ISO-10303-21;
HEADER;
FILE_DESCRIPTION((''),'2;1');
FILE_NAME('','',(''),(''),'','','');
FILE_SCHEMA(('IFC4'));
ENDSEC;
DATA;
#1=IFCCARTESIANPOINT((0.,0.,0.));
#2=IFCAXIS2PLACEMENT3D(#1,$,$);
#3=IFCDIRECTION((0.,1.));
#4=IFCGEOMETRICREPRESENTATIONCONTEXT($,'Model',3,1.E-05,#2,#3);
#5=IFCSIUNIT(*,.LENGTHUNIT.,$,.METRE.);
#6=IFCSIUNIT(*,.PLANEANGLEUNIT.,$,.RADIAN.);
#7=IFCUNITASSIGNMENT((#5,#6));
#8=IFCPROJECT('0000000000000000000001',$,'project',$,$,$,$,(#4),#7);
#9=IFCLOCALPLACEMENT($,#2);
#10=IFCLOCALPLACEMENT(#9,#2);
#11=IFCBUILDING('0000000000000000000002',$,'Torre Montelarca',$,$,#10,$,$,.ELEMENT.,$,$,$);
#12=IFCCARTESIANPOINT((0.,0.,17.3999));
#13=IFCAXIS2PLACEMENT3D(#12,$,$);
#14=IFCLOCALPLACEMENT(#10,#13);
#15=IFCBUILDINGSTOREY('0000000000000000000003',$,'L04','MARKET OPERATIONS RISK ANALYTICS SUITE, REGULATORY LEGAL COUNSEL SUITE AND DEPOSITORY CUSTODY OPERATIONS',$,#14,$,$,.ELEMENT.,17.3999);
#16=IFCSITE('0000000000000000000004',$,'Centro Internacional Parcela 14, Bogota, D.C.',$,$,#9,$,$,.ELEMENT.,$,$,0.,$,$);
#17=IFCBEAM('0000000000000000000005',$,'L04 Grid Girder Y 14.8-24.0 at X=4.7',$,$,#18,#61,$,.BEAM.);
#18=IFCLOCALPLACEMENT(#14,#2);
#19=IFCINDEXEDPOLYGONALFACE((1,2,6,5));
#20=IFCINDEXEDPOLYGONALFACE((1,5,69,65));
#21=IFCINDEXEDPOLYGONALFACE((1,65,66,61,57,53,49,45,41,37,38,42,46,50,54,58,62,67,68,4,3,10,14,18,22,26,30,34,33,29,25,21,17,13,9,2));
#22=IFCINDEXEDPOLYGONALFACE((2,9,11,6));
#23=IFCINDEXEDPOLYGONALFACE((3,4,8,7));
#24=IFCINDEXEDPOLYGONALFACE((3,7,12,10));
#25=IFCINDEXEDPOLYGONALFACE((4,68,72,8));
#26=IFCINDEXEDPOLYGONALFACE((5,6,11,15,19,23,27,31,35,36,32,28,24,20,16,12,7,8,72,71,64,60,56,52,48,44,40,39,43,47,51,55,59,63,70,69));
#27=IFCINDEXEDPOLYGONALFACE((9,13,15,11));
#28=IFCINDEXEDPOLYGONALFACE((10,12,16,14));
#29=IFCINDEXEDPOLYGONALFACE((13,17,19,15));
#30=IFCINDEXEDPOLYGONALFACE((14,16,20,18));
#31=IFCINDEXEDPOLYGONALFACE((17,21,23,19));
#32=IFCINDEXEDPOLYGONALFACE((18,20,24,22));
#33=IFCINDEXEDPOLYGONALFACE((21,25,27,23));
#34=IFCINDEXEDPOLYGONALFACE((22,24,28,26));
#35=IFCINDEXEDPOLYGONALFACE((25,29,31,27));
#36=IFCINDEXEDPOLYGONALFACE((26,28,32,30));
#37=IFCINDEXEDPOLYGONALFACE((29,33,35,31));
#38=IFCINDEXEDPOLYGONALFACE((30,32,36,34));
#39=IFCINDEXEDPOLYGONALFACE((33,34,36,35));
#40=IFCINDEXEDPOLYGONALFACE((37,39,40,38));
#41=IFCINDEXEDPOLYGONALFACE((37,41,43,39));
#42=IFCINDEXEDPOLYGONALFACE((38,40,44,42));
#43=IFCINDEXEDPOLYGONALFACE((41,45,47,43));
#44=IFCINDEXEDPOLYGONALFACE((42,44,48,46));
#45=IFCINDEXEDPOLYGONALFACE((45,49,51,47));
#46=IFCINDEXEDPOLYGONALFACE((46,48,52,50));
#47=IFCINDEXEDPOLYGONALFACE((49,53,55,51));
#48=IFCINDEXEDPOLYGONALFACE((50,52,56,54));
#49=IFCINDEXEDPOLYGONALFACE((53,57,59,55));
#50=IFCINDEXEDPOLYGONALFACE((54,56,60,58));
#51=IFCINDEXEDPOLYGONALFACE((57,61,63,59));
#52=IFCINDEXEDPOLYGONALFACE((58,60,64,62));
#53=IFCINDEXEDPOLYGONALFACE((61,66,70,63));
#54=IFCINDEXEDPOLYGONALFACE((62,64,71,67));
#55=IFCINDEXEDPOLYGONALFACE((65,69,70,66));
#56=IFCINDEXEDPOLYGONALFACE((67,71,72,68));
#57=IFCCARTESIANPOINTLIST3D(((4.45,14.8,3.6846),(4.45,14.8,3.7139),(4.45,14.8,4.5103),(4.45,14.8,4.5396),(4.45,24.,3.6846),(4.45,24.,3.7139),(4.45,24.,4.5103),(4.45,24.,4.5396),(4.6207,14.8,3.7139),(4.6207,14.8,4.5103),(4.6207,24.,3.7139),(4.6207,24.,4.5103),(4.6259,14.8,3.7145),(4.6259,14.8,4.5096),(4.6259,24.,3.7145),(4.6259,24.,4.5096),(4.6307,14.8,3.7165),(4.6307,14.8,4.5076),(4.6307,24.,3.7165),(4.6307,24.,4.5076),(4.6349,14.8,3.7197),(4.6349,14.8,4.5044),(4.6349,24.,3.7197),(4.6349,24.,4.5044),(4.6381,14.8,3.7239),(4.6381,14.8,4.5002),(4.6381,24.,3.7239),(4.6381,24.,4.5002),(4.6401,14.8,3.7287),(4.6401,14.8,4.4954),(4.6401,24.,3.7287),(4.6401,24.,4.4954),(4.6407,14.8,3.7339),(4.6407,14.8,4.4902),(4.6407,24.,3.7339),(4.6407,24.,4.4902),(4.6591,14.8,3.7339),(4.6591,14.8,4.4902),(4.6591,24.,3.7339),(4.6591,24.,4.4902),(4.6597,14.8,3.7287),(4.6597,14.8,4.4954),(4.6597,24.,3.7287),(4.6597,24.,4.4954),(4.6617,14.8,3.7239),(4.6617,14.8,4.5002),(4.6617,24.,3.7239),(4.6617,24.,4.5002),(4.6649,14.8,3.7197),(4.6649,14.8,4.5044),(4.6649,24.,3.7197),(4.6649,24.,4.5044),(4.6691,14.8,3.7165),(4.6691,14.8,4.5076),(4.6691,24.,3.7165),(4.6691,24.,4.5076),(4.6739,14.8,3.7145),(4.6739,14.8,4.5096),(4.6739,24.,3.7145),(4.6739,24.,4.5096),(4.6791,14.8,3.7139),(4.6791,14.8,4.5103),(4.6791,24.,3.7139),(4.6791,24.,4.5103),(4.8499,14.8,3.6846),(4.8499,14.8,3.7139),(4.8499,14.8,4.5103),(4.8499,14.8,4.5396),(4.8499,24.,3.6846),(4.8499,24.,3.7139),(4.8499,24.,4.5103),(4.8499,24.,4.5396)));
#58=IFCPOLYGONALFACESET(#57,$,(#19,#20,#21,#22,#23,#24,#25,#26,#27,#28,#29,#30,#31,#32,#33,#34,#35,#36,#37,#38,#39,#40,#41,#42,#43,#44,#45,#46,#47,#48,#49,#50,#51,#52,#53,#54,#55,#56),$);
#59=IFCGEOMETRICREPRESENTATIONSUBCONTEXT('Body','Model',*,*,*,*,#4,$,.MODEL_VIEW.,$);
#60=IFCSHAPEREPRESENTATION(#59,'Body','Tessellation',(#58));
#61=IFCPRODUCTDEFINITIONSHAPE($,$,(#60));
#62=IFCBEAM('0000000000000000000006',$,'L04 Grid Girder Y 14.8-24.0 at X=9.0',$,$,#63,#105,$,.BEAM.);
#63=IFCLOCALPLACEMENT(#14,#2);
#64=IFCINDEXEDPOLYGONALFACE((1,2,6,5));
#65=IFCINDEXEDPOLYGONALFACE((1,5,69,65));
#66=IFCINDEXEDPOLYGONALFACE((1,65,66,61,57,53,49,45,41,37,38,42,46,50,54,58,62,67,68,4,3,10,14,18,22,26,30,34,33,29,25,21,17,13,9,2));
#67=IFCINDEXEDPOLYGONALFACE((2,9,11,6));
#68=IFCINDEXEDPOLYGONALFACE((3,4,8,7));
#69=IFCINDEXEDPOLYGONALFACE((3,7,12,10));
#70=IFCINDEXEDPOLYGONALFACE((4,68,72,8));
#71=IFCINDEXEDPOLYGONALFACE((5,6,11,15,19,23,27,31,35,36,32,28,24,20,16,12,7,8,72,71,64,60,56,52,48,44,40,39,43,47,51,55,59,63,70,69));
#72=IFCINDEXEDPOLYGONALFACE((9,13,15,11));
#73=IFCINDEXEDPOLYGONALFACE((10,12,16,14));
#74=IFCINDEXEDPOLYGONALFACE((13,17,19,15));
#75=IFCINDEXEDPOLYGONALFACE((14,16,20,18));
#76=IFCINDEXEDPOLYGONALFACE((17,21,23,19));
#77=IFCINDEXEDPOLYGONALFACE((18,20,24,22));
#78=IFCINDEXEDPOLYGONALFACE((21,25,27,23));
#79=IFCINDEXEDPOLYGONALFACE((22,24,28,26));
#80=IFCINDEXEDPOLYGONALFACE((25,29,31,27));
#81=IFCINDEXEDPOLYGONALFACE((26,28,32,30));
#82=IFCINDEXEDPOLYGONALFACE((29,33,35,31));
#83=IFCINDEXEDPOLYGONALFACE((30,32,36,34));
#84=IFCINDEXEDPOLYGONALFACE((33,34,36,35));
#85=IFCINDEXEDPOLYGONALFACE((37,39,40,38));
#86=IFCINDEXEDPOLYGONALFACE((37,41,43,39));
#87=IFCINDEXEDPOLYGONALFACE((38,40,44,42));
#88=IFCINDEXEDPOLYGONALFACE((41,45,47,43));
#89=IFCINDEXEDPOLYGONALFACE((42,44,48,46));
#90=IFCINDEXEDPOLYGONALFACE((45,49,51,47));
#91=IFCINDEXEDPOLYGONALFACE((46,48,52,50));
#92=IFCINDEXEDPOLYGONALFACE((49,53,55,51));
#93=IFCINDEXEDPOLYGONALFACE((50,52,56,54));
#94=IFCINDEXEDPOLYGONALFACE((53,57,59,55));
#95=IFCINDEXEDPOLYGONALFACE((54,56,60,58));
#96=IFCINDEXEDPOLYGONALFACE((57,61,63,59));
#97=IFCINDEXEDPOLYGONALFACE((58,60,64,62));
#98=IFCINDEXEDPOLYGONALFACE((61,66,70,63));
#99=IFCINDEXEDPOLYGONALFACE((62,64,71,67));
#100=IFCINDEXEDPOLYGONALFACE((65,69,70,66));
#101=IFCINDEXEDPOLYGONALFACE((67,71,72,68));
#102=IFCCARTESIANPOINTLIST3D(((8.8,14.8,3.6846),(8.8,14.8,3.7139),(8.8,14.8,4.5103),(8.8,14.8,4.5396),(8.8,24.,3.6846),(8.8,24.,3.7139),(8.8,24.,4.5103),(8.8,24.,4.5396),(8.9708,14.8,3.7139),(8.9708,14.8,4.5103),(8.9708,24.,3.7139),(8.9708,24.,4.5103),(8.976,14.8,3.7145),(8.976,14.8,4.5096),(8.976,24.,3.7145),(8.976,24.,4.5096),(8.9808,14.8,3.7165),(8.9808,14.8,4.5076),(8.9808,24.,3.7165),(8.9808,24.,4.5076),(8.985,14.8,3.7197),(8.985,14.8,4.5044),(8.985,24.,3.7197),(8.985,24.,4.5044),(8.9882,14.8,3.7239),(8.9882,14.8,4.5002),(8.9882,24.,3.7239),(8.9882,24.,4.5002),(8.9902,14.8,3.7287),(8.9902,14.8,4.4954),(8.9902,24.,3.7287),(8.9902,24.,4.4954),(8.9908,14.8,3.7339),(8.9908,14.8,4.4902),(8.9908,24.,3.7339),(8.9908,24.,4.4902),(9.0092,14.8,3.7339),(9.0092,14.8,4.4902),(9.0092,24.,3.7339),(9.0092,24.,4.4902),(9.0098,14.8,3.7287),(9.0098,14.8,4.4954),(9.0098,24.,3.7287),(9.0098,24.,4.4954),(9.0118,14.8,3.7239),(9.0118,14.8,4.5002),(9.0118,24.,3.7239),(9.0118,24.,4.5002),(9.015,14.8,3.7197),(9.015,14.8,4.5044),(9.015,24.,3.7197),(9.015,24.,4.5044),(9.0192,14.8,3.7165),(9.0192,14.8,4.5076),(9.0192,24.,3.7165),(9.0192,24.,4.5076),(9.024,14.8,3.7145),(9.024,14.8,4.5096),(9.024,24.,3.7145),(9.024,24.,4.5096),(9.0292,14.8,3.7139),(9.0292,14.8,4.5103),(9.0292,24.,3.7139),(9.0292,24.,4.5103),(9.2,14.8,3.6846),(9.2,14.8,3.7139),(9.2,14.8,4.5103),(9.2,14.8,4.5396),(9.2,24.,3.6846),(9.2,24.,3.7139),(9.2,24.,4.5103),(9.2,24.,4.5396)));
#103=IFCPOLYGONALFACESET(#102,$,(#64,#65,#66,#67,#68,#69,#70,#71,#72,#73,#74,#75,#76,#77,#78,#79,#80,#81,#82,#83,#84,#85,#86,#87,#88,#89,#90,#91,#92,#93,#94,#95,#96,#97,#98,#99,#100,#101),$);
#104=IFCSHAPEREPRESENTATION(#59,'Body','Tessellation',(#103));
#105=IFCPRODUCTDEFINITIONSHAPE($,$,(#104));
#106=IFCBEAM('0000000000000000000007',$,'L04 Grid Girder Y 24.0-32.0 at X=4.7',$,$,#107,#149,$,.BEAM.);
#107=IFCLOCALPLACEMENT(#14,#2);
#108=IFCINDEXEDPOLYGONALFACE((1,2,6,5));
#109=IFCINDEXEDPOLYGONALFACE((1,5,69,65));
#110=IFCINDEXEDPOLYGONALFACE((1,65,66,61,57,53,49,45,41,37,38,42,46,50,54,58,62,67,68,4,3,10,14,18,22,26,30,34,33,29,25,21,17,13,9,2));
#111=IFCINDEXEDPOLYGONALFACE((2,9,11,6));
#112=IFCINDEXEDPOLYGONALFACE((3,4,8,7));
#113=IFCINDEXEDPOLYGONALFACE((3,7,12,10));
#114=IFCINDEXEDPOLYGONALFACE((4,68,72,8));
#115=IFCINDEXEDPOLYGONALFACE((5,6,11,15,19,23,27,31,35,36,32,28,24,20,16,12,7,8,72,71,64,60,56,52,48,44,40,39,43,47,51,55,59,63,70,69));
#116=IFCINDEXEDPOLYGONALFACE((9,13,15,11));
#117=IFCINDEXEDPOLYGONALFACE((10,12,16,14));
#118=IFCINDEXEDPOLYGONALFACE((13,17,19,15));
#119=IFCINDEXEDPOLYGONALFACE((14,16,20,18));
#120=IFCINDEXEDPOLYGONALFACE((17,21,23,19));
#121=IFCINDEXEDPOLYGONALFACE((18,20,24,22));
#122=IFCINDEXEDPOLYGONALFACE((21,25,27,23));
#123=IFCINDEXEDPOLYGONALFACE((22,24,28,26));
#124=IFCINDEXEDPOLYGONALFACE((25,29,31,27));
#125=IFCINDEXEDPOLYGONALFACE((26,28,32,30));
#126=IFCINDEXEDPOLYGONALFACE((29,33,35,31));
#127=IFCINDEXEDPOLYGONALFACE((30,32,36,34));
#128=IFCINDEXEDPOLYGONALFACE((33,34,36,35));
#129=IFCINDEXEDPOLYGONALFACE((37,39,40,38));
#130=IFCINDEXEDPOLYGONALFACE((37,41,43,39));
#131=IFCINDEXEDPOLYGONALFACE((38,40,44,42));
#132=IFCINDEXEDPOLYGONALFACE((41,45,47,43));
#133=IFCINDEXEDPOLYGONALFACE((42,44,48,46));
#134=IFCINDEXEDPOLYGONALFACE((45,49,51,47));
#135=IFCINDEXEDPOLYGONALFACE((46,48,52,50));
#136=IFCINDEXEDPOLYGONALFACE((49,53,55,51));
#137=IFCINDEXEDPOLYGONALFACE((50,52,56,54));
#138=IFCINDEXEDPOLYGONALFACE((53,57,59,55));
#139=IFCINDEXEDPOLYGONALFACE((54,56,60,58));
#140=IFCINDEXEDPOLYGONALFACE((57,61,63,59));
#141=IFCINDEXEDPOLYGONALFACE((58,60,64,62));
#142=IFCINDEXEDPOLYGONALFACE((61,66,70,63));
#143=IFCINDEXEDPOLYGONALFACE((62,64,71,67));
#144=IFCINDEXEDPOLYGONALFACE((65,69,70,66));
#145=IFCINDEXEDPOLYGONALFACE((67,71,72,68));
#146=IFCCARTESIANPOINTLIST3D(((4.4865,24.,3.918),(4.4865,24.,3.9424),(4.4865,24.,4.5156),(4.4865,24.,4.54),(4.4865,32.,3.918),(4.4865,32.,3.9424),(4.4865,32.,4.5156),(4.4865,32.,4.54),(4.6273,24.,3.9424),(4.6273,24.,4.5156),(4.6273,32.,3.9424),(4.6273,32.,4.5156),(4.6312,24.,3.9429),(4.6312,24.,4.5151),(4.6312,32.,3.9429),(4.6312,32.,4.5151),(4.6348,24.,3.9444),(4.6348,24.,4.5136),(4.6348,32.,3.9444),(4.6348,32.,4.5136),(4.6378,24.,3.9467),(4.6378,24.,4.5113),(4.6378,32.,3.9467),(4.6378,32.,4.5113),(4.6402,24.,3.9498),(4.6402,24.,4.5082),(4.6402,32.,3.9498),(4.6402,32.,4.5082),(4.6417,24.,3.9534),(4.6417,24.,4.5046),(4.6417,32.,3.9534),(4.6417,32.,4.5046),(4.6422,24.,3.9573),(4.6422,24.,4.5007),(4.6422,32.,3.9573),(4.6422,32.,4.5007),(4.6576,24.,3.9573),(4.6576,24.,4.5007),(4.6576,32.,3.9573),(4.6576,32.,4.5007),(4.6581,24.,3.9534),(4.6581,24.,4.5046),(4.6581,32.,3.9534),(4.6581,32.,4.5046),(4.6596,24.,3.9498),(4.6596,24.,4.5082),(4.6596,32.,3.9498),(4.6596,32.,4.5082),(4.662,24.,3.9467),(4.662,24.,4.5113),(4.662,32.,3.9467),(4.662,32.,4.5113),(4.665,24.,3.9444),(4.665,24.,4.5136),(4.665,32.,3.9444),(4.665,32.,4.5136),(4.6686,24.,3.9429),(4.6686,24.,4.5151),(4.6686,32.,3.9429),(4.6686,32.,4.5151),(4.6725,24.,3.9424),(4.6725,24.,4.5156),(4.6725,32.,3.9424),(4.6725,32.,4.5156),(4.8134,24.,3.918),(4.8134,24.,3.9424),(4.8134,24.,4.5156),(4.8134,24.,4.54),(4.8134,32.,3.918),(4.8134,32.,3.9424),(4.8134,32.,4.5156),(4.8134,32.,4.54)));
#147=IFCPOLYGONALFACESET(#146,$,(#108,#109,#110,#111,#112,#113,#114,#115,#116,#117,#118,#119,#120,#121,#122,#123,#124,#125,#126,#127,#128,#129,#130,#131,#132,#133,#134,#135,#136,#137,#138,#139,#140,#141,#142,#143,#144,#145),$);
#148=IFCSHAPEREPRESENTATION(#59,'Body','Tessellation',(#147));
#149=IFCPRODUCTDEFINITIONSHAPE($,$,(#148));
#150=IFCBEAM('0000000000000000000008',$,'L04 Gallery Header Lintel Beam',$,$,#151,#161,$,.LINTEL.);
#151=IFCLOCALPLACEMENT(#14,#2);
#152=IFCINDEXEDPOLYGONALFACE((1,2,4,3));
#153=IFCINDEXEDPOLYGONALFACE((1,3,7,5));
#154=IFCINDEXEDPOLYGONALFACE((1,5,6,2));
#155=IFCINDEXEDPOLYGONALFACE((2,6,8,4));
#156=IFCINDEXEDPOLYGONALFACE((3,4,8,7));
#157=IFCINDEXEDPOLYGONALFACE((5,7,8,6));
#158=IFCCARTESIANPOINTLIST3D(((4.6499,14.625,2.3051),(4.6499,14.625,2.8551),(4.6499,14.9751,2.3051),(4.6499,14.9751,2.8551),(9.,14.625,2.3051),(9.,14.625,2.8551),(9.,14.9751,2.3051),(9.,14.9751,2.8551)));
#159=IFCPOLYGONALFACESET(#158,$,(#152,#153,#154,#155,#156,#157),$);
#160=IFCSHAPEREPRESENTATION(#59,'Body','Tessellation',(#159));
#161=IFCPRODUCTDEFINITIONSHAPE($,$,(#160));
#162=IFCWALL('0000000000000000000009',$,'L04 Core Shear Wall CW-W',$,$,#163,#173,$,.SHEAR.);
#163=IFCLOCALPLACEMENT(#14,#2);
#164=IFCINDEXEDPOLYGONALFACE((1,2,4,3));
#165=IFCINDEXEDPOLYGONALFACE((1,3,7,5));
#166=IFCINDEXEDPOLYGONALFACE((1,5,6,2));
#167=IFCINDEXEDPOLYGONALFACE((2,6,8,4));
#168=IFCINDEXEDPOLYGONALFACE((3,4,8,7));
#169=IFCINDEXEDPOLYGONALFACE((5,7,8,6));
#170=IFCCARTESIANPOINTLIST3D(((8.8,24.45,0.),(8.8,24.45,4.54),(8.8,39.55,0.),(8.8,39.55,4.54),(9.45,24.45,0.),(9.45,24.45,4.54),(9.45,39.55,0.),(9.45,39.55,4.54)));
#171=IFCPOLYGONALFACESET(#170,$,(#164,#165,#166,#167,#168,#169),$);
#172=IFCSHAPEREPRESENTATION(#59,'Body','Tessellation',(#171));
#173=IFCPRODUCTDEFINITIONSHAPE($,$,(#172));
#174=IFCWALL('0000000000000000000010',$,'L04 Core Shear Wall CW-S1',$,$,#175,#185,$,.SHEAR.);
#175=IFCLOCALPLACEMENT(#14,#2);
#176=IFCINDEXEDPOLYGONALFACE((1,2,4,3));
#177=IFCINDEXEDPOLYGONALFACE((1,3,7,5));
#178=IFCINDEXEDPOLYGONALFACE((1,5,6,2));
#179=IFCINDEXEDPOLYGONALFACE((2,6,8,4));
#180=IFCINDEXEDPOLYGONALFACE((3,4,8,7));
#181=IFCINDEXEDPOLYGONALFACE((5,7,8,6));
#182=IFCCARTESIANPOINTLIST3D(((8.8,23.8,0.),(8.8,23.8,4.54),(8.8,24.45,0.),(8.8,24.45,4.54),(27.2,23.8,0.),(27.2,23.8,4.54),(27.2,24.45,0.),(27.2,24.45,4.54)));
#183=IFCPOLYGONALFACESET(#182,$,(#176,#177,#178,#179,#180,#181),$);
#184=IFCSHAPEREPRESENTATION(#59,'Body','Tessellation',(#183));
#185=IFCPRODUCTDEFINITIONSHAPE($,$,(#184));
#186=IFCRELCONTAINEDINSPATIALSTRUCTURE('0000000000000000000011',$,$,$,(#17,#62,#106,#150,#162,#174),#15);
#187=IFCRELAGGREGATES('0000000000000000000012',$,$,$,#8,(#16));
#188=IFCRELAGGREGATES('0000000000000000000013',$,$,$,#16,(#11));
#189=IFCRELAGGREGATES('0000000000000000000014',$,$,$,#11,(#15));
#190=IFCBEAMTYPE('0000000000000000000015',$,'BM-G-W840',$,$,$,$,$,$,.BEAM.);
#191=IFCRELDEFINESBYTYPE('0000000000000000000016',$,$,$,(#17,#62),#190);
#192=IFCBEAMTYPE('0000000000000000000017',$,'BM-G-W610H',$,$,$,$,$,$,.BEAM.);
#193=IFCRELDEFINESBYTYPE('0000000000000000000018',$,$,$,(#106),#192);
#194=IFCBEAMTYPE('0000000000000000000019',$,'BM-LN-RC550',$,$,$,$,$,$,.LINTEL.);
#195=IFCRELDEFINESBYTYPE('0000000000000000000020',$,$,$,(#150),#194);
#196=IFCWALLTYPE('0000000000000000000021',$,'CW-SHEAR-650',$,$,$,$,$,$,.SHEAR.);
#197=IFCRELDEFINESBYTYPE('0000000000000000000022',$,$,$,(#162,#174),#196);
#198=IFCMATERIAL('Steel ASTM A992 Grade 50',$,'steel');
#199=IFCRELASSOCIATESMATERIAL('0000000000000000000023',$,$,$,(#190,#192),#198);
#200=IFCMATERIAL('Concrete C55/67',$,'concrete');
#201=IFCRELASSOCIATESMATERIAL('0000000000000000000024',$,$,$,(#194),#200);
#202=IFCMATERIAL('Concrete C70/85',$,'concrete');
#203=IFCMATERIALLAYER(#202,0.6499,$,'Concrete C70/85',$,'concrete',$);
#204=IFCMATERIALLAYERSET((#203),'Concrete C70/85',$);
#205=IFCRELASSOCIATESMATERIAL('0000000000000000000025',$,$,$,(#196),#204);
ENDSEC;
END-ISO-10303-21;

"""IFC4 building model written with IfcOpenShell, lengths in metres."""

from ifc_helpers import new_model, si_unit, direction, frame, frame_2d, origin, origin_2d, place, context, subcontext, project, spatial, rectangle, i_section, extrude, source, transform, mapped, material, layer, layer_set, material_profile, profile_set, type_object, element, save


model = new_model("IFC4")

# Units and contexts
model_context = context("Model", 3, precision=1e-05, world=origin(), true_north=direction((0.0, 1.0)))
body_context = subcontext(model_context, "Body", "Model", "MODEL_VIEW")
ifc_project = project(units=[si_unit("LENGTHUNIT", "METRE"), si_unit("PLANEANGLEUNIT", "RADIAN")], contexts=[model_context])

# Site, building, storey
site_placement = place(None, origin())
site = spatial("IfcSite", under=ifc_project, at=site_placement, Name="Centro Internacional Parcela 14, Bogota, D.C.", CompositionType="ELEMENT", RefElevation=0.0)
building_placement = place(site_placement, origin())
building = spatial("IfcBuilding", under=site, at=building_placement, Name="Torre Montelarca", CompositionType="ELEMENT")
storey_placement = place(building_placement, frame((0.0, 0.0, 17.3999)))
storey = spatial("IfcBuildingStorey", under=building, at=storey_placement, Name="L04", Description="MARKET OPERATIONS RISK ANALYTICS SUITE, REGULATORY LEGAL COUNSEL SUITE AND DEPOSITORY CUSTODY OPERATIONS", CompositionType="ELEMENT", Elevation=17.3999)

# Shared definitions
ifc_material_1 = material(Name="Concrete C70/85", Category="concrete")

# Beams
ifc_material_2 = material(Name="Steel ASTM A992 Grade 50", Category="steel")
ifc_material_profile_1 = material_profile(ifc_material_2, i_section(OverallWidth=0.3999, OverallDepth=0.855, WebThickness=0.0183, FlangeThickness=0.0293, FilletRadius=0.02, at=origin_2d()), Name="W840X299", Category="steel")
ifc_profile_set_1 = profile_set([ifc_material_profile_1], Name="Steel ASTM A992 Grade 50")
beam_type_1 = type_object("IfcBeamType", Name="BM-G-W840", PredefinedType="BEAM", material=ifc_profile_set_1)
ifc_material_3 = material(Name="Concrete C55/67", Category="concrete")
shared_shape_1 = source(origin(), body_context, "Body", "SweptSolid", [
    extrude(i_section(OverallWidth=0.3999, OverallDepth=0.855, WebThickness=0.0183, FlangeThickness=0.0293, FilletRadius=0.02, at=origin_2d()), origin(), (0.0, 0.0, 1.0), 9.2),
])
for number, where, z_axis, x_axis, name in (
    (1, (4.6499, 14.8, 4.1121), (0.0, 1.0, 0.0), (-1.0, 0.0, 0.0), "L04 Grid Girder Y 14.8-24.0 at X=4.7"),
    (2, (9.0, 14.8, 4.1121), (0.0, 1.0, 0.0), (-1.0, 0.0, 0.0), "L04 Grid Girder Y 14.8-24.0 at X=9.0"),
):
    element("IfcBeam", number, at=place(storey_placement, frame(where, z_axis=z_axis, x_axis=x_axis)), inside=storey, type_object=beam_type_1, Name=name, PredefinedType="BEAM", context=body_context, shape_type="MappedRepresentation", body=[
        mapped(shared_shape_1, transform((0.0, 0.0, 0.0), scale=1.0)),
    ])
ifc_material_profile_2 = material_profile(ifc_material_2, i_section(OverallWidth=0.3269, OverallDepth=0.6221, WebThickness=0.0154, FlangeThickness=0.0244, FilletRadius=0.0149, at=origin_2d()), Name="W610X195", Category="steel")
ifc_profile_set_2 = profile_set([ifc_material_profile_2], Name="Steel ASTM A992 Grade 50")
beam_type_2 = type_object("IfcBeamType", Name="BM-G-W610H", PredefinedType="BEAM", material=ifc_profile_set_2)
shared_shape_2 = source(origin(), body_context, "Body", "SweptSolid", [
    extrude(i_section(OverallWidth=0.3269, OverallDepth=0.6221, WebThickness=0.0154, FlangeThickness=0.0244, FilletRadius=0.0149, at=origin_2d()), origin(), (0.0, 0.0, 1.0), 8.0),
])
beam_1_placement = place(storey_placement, frame((4.6499, 24.0, 4.229), z_axis=(0.0, 1.0, 0.0), x_axis=(-1.0, 0.0, 0.0)))
element("IfcBeam", 3, at=beam_1_placement, inside=storey, type_object=beam_type_2, Name="L04 Grid Girder Y 24.0-32.0 at X=4.7", PredefinedType="BEAM", context=body_context, shape_type="MappedRepresentation", body=[
    mapped(shared_shape_2, transform((0.0, 0.0, 0.0), scale=1.0)),
])
ifc_material_profile_3 = material_profile(ifc_material_3, rectangle(XDim=0.3501, YDim=0.55, at=origin_2d()), Name="RCB350X550", Category="concrete")
ifc_profile_set_3 = profile_set([ifc_material_profile_3], Name="Concrete C55/67")
beam_type_3 = type_object("IfcBeamType", Name="BM-LN-RC550", PredefinedType="LINTEL", material=ifc_profile_set_3)
shared_shape_3 = source(origin(), body_context, "Body", "SweptSolid", [
    extrude(rectangle(XDim=0.3501, YDim=0.55, at=origin_2d()), origin(), (0.0, 0.0, 1.0), 4.3501),
])
beam_2_placement = place(storey_placement, frame((4.6499, 14.8, 2.5801), z_axis=(1.0, 0.0, 0.0), x_axis=(0.0, 1.0, 0.0)))
element("IfcBeam", 4, at=beam_2_placement, inside=storey, type_object=beam_type_3, Name="L04 Gallery Header Lintel Beam", PredefinedType="LINTEL", context=body_context, shape_type="MappedRepresentation", body=[
    mapped(shared_shape_3, transform((0.0, 0.0, 0.0), scale=1.0)),
])

# Walls
ifc_layer_1 = layer(ifc_material_1, 0.6499, Name="Concrete C70/85", Category="concrete")
ifc_layer_set_1 = layer_set([ifc_layer_1], Name="Concrete C70/85")
wall_type_1 = type_object("IfcWallType", Name="CW-SHEAR-650", PredefinedType="SHEAR", material=ifc_layer_set_1)
wall_1_placement = place(storey_placement, frame((9.125, 24.45, 0.0), z_axis=(0.0, 0.0, 1.0), x_axis=(0.0, 1.0, 0.0)))
element("IfcWall", 5, at=wall_1_placement, inside=storey, type_object=wall_type_1, Name="L04 Core Shear Wall CW-W", PredefinedType="SHEAR", context=body_context, shape_type="SweptSolid", body=[
    extrude(rectangle(XDim=15.1001, YDim=0.6499, at=frame_2d((7.55, 0.0))), origin(), (0.0, 0.0, 1.0), 4.54),
])
wall_2_placement = place(storey_placement, frame((8.8, 24.125, 0.0), z_axis=(0.0, 0.0, 1.0), x_axis=(1.0, 0.0, 0.0)))
element("IfcWall", 6, at=wall_2_placement, inside=storey, type_object=wall_type_1, Name="L04 Core Shear Wall CW-S1", PredefinedType="SHEAR", context=body_context, shape_type="SweptSolid", body=[
    extrude(rectangle(XDim=18.3999, YDim=0.6499, at=frame_2d((9.2, 0.0))), origin(), (0.0, 0.0, 1.0), 4.54),
])

save(model, "model.ifc")
